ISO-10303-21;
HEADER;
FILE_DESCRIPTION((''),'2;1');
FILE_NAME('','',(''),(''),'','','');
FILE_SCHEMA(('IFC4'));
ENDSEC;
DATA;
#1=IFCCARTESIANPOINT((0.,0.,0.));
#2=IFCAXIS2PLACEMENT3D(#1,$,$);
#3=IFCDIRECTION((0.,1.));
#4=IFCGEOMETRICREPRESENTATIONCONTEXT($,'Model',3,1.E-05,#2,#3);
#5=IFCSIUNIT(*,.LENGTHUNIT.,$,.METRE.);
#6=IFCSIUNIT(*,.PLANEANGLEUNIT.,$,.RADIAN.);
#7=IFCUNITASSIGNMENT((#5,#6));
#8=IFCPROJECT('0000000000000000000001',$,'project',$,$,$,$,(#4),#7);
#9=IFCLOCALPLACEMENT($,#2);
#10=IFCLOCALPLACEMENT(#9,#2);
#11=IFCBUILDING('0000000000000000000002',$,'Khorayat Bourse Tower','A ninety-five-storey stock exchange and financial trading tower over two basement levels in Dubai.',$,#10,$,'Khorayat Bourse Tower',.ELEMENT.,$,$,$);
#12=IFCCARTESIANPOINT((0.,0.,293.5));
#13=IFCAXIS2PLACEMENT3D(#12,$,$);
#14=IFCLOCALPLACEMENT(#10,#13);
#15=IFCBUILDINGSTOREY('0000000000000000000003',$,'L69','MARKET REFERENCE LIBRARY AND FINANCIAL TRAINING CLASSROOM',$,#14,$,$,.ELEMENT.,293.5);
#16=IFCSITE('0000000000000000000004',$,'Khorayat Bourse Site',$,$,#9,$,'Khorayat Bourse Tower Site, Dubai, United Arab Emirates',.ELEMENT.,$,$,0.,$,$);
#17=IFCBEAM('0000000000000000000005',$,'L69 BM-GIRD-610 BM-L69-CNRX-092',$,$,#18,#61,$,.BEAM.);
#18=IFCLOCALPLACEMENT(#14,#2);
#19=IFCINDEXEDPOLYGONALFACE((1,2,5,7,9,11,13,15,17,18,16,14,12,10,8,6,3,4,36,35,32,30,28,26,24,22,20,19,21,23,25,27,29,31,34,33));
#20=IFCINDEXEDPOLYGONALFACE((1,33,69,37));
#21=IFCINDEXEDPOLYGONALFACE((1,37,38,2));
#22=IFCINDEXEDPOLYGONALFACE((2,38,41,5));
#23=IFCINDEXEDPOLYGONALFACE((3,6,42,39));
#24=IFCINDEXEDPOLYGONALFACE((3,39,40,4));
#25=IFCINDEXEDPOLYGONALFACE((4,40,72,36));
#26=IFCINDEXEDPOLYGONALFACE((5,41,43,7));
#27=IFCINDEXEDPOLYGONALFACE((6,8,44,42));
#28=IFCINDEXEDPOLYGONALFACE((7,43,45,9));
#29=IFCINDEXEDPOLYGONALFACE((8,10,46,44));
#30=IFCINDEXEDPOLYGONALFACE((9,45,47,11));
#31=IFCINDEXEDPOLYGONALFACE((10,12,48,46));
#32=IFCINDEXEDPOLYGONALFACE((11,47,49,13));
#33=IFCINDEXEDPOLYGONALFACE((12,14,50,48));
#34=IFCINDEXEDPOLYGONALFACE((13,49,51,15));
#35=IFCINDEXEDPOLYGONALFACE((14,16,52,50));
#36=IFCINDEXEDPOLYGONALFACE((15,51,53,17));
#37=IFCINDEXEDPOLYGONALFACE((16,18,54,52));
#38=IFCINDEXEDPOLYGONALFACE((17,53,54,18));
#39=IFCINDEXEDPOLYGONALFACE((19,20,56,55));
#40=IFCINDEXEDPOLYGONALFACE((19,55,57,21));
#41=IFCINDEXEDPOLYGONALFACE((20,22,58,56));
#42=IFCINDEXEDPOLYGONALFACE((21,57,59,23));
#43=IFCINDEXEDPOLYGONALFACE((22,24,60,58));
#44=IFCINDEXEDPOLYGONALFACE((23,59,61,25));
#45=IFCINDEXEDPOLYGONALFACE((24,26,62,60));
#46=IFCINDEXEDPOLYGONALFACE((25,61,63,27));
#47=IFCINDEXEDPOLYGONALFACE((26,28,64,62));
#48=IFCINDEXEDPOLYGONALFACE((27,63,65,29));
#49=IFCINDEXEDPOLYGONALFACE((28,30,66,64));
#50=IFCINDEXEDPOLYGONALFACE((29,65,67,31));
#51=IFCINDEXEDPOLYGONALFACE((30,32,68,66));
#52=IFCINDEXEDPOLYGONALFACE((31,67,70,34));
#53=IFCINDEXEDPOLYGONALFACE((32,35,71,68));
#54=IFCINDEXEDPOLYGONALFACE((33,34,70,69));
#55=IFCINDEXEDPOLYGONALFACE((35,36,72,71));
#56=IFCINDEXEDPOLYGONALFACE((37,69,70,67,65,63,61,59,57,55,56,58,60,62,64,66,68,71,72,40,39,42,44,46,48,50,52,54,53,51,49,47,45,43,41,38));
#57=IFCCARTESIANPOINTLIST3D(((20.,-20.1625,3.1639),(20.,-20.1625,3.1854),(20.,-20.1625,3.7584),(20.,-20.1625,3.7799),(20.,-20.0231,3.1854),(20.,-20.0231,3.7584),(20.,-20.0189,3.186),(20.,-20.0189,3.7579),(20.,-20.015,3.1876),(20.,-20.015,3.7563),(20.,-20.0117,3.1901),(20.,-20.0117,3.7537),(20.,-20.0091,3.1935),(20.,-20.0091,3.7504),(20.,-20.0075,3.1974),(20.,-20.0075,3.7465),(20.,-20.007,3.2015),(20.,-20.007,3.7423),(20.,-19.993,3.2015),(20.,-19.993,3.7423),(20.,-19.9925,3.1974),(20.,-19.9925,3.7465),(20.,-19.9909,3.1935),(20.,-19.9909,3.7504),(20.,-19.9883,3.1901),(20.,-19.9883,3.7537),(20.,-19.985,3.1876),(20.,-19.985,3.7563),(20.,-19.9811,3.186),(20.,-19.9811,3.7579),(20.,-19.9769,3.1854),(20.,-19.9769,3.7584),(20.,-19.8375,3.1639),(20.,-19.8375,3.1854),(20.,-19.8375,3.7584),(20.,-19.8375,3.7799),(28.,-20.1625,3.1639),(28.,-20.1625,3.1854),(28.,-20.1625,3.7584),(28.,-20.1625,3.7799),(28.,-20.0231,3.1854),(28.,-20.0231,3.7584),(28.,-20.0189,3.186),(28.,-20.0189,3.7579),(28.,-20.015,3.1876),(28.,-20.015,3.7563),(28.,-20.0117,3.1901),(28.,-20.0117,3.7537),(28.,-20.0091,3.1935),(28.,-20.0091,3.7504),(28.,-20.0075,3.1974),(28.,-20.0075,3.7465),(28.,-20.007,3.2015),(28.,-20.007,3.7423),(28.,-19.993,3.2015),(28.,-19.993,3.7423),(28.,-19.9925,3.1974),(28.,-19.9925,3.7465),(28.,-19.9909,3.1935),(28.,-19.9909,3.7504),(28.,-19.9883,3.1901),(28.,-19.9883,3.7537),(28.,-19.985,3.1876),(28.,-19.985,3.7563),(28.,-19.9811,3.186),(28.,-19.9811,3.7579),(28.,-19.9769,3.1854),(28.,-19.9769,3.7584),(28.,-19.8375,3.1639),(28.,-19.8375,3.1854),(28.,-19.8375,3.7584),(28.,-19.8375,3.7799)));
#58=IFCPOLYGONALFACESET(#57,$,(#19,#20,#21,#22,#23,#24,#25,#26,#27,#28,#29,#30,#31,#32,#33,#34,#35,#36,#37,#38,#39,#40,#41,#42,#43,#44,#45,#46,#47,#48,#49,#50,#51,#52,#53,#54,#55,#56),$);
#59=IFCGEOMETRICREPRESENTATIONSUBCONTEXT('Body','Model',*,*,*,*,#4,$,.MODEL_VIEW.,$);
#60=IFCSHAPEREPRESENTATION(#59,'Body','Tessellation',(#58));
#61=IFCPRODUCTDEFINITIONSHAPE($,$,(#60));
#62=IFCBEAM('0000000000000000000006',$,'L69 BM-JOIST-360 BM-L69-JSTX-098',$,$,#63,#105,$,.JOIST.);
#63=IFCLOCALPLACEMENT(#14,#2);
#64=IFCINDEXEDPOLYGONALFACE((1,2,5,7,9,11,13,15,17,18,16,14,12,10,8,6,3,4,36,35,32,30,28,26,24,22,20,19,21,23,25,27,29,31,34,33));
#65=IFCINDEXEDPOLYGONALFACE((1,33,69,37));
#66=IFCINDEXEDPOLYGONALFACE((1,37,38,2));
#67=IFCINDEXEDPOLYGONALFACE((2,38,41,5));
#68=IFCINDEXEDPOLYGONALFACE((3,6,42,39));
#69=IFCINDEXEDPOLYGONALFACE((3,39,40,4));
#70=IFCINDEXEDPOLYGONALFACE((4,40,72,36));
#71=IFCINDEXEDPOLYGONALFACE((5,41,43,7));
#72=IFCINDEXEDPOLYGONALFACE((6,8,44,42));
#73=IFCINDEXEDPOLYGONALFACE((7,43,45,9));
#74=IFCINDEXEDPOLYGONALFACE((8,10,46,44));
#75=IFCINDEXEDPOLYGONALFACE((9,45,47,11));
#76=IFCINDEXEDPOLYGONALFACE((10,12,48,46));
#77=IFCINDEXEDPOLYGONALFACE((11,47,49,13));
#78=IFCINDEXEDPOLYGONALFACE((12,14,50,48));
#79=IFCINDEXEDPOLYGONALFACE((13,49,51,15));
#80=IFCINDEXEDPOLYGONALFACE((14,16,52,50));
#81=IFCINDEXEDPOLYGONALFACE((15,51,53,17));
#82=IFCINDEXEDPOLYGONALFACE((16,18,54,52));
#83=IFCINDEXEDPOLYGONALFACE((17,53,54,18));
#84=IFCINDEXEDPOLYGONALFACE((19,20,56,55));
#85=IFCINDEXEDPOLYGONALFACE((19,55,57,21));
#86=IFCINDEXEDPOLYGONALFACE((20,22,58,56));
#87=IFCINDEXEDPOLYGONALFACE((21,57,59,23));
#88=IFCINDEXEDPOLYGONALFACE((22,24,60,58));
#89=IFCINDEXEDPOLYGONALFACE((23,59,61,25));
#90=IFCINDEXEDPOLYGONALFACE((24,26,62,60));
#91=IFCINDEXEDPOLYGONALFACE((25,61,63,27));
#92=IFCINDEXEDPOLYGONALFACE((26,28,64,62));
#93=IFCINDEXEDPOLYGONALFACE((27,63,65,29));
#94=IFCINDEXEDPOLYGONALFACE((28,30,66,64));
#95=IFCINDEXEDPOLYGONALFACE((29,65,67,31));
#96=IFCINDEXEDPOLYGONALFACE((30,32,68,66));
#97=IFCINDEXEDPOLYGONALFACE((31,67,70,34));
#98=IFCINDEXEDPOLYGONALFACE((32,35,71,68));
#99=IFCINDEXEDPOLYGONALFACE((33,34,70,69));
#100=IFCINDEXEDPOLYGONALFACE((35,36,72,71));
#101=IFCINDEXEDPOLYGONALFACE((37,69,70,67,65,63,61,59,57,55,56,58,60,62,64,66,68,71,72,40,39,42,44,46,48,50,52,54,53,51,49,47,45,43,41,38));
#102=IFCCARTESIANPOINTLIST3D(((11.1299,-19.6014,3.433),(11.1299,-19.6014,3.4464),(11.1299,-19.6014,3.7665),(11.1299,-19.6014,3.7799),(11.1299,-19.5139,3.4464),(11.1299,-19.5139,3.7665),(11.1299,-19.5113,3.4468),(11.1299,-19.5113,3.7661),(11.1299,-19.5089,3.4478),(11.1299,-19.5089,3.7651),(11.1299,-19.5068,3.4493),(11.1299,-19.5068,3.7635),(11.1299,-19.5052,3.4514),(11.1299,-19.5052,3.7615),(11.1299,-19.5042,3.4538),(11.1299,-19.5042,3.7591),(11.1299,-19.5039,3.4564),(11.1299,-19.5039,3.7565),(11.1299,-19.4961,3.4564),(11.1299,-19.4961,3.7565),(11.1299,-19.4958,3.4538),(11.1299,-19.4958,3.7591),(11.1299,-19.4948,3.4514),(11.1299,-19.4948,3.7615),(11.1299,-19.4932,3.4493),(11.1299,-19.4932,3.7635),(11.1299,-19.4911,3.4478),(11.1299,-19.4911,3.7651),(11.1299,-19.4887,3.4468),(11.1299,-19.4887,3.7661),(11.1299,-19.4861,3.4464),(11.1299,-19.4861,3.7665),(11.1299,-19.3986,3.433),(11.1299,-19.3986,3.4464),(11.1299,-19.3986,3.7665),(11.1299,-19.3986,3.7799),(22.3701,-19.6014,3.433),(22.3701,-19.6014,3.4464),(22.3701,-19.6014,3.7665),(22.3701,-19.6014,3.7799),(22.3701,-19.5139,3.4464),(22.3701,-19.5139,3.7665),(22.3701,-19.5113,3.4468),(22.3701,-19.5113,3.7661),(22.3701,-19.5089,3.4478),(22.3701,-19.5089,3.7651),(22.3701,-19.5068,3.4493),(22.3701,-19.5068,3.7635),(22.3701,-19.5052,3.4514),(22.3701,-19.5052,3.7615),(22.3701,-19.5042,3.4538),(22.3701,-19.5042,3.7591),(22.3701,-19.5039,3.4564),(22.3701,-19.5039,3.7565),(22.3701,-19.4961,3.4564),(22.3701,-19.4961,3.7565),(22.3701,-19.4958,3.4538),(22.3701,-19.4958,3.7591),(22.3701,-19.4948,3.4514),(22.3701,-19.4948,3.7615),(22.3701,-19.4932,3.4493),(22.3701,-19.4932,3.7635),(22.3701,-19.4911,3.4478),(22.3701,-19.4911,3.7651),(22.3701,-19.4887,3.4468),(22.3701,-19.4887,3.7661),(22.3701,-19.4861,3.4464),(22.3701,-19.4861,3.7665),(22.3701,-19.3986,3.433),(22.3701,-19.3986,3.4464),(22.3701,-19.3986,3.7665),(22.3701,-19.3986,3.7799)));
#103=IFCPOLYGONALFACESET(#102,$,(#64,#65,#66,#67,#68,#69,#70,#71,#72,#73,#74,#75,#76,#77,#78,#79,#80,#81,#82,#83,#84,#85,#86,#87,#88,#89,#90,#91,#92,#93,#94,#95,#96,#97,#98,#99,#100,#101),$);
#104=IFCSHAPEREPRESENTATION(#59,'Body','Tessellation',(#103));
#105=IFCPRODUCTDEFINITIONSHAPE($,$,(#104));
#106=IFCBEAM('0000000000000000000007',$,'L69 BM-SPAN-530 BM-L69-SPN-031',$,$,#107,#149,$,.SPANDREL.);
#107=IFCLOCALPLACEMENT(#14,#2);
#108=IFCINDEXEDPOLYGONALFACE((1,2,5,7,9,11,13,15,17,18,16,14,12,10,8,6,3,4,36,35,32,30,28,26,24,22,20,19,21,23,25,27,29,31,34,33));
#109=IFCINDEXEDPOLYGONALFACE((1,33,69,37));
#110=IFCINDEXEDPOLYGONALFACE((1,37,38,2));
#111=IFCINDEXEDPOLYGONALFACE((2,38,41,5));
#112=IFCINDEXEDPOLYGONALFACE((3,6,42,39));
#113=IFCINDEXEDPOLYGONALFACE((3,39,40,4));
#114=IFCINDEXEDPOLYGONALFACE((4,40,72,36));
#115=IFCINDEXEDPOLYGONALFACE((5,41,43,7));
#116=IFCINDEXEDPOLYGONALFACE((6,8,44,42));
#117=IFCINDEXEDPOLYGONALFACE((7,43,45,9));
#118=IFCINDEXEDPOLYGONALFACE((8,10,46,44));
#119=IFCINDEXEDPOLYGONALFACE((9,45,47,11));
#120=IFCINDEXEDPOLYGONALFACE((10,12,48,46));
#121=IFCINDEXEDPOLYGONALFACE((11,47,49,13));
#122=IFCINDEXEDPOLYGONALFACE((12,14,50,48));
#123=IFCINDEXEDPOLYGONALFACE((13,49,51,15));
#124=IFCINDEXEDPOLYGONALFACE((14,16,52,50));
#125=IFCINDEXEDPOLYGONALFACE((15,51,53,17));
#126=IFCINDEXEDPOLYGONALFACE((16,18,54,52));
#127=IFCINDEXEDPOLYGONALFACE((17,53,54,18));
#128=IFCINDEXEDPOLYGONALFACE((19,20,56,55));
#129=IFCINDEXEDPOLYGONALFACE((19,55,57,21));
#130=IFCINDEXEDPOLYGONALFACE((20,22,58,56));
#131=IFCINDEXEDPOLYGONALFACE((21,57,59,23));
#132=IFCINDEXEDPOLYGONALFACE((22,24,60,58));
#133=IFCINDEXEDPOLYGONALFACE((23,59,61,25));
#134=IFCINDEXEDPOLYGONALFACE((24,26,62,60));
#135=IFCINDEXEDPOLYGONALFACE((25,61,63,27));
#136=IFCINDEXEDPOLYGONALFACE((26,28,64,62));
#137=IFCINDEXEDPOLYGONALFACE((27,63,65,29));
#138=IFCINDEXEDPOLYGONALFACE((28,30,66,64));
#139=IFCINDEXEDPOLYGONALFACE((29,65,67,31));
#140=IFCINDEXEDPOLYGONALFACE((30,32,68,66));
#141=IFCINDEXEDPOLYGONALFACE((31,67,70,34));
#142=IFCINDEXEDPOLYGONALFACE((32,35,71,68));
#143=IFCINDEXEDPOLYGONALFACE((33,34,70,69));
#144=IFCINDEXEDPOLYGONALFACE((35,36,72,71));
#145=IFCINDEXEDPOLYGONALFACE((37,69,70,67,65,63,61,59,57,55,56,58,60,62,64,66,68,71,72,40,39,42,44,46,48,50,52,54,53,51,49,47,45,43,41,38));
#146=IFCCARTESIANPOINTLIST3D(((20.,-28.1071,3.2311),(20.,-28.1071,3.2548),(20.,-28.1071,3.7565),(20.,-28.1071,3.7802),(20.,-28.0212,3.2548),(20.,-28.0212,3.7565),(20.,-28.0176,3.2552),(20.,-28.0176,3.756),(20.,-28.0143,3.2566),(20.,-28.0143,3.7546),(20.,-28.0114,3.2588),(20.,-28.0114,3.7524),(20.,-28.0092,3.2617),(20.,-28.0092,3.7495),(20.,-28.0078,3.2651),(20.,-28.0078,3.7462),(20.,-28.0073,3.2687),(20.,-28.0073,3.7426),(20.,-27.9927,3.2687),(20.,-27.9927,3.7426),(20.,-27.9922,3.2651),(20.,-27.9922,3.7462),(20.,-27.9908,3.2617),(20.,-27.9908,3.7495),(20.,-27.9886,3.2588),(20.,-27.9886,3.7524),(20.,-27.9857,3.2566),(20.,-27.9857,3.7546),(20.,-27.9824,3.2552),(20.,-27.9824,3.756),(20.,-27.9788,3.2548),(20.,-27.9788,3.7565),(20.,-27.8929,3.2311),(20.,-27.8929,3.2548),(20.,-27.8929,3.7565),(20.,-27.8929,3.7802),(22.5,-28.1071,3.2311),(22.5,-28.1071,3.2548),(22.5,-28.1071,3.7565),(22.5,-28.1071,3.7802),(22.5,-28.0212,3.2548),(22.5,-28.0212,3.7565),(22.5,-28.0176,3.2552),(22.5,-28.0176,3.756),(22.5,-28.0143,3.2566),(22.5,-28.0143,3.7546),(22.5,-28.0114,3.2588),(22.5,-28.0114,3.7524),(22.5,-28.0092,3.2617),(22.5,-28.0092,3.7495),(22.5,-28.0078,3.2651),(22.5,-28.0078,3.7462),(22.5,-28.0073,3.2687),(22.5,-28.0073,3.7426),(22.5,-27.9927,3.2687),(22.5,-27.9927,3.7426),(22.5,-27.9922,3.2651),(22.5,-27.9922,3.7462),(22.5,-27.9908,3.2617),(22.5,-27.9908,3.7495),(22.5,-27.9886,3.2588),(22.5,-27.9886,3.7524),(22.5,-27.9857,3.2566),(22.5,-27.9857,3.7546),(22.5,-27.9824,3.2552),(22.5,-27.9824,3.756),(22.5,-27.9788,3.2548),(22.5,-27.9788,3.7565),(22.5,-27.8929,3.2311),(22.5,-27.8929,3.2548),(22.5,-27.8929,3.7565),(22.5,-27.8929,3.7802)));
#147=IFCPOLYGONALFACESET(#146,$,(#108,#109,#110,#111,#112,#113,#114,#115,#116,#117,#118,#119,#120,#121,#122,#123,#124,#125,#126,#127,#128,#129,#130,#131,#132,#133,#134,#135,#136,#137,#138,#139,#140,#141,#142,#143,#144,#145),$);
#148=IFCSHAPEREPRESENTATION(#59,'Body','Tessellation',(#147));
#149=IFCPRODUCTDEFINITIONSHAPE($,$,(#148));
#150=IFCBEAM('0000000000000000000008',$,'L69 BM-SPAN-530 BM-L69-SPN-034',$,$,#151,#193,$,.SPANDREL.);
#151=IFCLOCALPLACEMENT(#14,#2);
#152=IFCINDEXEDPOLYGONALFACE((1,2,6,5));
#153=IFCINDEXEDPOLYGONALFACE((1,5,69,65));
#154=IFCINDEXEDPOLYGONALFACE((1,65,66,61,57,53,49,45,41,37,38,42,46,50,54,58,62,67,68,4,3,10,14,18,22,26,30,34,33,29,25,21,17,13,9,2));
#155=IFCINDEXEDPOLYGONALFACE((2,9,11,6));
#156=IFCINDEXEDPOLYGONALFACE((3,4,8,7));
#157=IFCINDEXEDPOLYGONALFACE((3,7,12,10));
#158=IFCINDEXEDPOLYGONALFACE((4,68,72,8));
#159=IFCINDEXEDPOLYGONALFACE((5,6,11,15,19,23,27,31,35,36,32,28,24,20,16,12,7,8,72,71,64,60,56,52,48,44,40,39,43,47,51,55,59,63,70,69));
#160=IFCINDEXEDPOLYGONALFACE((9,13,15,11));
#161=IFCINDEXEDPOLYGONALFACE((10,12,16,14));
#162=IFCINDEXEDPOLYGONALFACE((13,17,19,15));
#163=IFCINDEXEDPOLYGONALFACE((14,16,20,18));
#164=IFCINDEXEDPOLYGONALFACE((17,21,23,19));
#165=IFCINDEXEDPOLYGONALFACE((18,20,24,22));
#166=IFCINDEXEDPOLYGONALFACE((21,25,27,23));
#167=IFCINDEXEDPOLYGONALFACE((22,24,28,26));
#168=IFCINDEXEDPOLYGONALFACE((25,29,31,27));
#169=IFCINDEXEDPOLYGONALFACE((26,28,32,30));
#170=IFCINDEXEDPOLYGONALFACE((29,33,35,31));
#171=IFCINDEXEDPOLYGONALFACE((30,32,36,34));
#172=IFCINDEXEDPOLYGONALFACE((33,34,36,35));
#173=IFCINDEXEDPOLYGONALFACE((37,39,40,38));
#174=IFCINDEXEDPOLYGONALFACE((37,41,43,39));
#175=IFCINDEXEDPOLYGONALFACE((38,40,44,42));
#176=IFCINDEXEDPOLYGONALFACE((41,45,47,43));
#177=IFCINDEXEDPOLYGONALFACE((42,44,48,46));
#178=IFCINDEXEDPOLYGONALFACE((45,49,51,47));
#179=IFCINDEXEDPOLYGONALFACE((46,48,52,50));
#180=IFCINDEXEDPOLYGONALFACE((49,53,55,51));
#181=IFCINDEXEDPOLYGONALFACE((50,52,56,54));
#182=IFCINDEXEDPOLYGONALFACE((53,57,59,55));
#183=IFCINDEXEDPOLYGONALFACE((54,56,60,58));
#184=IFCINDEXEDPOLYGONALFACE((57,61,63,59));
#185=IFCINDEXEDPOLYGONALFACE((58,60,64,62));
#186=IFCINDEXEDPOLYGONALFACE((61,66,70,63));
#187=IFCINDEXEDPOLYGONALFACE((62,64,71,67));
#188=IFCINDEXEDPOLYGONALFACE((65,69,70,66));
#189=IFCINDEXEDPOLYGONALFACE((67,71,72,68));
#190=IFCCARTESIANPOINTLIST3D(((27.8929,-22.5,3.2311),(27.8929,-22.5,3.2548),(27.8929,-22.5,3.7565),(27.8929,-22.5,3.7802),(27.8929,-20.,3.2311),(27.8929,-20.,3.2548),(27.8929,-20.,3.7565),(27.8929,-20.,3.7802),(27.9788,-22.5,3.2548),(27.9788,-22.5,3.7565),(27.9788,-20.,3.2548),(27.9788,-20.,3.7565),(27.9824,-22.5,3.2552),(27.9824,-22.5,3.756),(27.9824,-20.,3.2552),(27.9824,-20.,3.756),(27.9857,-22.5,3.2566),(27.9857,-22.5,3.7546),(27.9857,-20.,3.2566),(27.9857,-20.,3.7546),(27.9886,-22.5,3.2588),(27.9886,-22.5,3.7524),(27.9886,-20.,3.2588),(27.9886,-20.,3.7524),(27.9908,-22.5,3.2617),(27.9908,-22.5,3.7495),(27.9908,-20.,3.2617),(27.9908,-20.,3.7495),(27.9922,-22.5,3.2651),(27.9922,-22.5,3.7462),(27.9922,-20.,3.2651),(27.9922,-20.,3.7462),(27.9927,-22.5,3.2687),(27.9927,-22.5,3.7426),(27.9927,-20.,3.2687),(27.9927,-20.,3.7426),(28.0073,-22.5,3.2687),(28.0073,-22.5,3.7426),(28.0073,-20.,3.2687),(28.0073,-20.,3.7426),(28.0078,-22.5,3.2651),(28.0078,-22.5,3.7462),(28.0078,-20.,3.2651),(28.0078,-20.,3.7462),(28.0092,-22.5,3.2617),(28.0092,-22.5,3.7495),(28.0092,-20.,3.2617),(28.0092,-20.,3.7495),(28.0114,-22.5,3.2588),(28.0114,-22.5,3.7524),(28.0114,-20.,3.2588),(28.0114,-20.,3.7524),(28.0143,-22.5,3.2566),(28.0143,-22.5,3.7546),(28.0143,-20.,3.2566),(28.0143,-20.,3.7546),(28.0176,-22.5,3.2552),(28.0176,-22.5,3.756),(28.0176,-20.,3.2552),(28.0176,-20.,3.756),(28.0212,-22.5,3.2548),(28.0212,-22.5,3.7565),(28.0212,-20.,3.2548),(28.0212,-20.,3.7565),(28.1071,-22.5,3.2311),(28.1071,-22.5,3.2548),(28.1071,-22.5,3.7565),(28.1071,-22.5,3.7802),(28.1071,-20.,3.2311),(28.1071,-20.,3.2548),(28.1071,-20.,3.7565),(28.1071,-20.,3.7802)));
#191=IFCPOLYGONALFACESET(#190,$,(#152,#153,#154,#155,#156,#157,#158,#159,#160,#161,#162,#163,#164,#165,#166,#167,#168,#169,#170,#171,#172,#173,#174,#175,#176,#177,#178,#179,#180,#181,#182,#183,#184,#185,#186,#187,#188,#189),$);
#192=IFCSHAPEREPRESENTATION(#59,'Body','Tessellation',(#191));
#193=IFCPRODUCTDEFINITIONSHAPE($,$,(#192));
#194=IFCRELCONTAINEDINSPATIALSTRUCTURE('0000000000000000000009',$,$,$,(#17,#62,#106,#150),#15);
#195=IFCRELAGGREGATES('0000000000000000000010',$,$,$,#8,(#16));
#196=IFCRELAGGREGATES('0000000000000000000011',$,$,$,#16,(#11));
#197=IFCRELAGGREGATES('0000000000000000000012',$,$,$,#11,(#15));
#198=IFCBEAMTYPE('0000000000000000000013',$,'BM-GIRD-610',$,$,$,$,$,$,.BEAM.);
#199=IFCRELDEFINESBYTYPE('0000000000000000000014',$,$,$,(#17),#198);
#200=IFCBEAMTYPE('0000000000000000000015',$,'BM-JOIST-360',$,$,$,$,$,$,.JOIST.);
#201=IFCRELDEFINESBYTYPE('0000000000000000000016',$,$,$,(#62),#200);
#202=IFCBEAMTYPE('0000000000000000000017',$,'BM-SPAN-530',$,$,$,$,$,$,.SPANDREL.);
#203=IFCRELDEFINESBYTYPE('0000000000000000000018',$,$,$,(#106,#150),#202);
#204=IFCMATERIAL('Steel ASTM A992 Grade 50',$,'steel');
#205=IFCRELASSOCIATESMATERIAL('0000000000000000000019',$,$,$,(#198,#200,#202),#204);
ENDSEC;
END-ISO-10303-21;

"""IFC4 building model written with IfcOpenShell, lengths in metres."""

from ifc_helpers import new_model, si_unit, direction, frame, origin, origin_2d, place, context, subcontext, project, spatial, i_section, extrude, source, transform, mapped, material, material_profile, profile_set, type_object, element, save


model = new_model("IFC4")

# Units and contexts
model_context = context("Model", 3, precision=1e-05, world=origin(), true_north=direction((0.0, 1.0)))
body_context = subcontext(model_context, "Body", "Model", "MODEL_VIEW")
ifc_project = project(units=[si_unit("LENGTHUNIT", "METRE"), si_unit("PLANEANGLEUNIT", "RADIAN")], contexts=[model_context])

# Site, building, storey
site_placement = place(None, origin())
site = spatial("IfcSite", under=ifc_project, at=site_placement, Name="Khorayat Bourse Site", LongName="Khorayat Bourse Tower Site, Dubai, United Arab Emirates", CompositionType="ELEMENT", RefElevation=0.0)
building_placement = place(site_placement, origin())
building = spatial("IfcBuilding", under=site, at=building_placement, Name="Khorayat Bourse Tower", Description="A ninety-five-storey stock exchange and financial trading tower over two basement levels in Dubai.", LongName="Khorayat Bourse Tower", CompositionType="ELEMENT")
storey_placement = place(building_placement, frame((0.0, 0.0, 293.5)))
storey = spatial("IfcBuildingStorey", under=building, at=storey_placement, Name="L69", Description="MARKET REFERENCE LIBRARY AND FINANCIAL TRAINING CLASSROOM", CompositionType="ELEMENT", Elevation=293.5)

# Beams
ifc_material_1 = material(Name="Steel ASTM A992 Grade 50", Category="steel")
ifc_material_profile_1 = material_profile(ifc_material_1, i_section(OverallWidth=0.325, OverallDepth=0.616, WebThickness=0.0139, FlangeThickness=0.0215, FilletRadius=0.0161, at=origin_2d()), Name="W610X174")
ifc_profile_set_1 = profile_set([ifc_material_profile_1], Name="Steel ASTM A992 Grade 50")
beam_type_1 = type_object("IfcBeamType", Name="BM-GIRD-610", PredefinedType="BEAM", material=ifc_profile_set_1)
shared_shape_1 = source(origin(), body_context, "Body", "SweptSolid", [
    extrude(i_section(OverallWidth=0.325, OverallDepth=0.616, WebThickness=0.0139, FlangeThickness=0.0215, FilletRadius=0.0161, at=origin_2d()), origin(), (0.0, 0.0, 1.0), 8.0),
])
beam_1_placement = place(storey_placement, frame((20.0, -20.0, 3.4719), z_axis=(1.0, 0.0, 0.0), x_axis=(0.0, 1.0, 0.0)))
element("IfcBeam", 1, at=beam_1_placement, inside=storey, type_object=beam_type_1, Name="L69 BM-GIRD-610 BM-L69-CNRX-092", PredefinedType="BEAM", context=body_context, shape_type="MappedRepresentation", body=[
    mapped(shared_shape_1, transform((0.0, 0.0, 0.0), scale=1.0)),
])
ifc_material_profile_2 = material_profile(ifc_material_1, i_section(OverallWidth=0.2029, OverallDepth=0.3469, WebThickness=0.0078, FlangeThickness=0.0134, FilletRadius=0.01, at=origin_2d()), Name="W360X64")
ifc_profile_set_2 = profile_set([ifc_material_profile_2], Name="Steel ASTM A992 Grade 50")
beam_type_2 = type_object("IfcBeamType", Name="BM-JOIST-360", PredefinedType="JOIST", material=ifc_profile_set_2)
shared_shape_2 = source(origin(), body_context, "Body", "SweptSolid", [
    extrude(i_section(OverallWidth=0.2029, OverallDepth=0.3469, WebThickness=0.0078, FlangeThickness=0.0134, FilletRadius=0.01, at=origin_2d()), origin(), (0.0, 0.0, 1.0), 11.2402),
])
beam_2_placement = place(storey_placement, frame((11.1299, -19.5, 3.6064), z_axis=(1.0, 0.0, 0.0), x_axis=(0.0, 1.0, 0.0)))
element("IfcBeam", 2, at=beam_2_placement, inside=storey, type_object=beam_type_2, Name="L69 BM-JOIST-360 BM-L69-JSTX-098", PredefinedType="JOIST", context=body_context, shape_type="MappedRepresentation", body=[
    mapped(shared_shape_2, transform((0.0, 0.0, 0.0), scale=1.0)),
])
ifc_material_profile_3 = material_profile(ifc_material_1, i_section(OverallWidth=0.2141, OverallDepth=0.5491, WebThickness=0.0146, FlangeThickness=0.0237, FilletRadius=0.0139, at=origin_2d()), Name="W530X138")
ifc_profile_set_3 = profile_set([ifc_material_profile_3], Name="Steel ASTM A992 Grade 50")
beam_type_3 = type_object("IfcBeamType", Name="BM-SPAN-530", PredefinedType="SPANDREL", material=ifc_profile_set_3)
shared_shape_3 = source(origin(), body_context, "Body", "SweptSolid", [
    extrude(i_section(OverallWidth=0.2141, OverallDepth=0.5491, WebThickness=0.0146, FlangeThickness=0.0237, FilletRadius=0.0139, at=origin_2d()), origin(), (0.0, 0.0, 1.0), 2.5),
])
for number, where, z_axis, x_axis, name in (
    (3, (20.0, -28.0, 3.5056), (1.0, 0.0, 0.0), (0.0, 1.0, 0.0), "L69 BM-SPAN-530 BM-L69-SPN-031"),
    (4, (28.0, -22.5, 3.5056), (0.0, 1.0, 0.0), (-1.0, 0.0, 0.0), "L69 BM-SPAN-530 BM-L69-SPN-034"),
):
    element("IfcBeam", number, at=place(storey_placement, frame(where, z_axis=z_axis, x_axis=x_axis)), inside=storey, type_object=beam_type_3, Name=name, PredefinedType="SPANDREL", context=body_context, shape_type="MappedRepresentation", body=[
        mapped(shared_shape_3, transform((0.0, 0.0, 0.0), scale=1.0)),
    ])

save(model, "model.ifc")
